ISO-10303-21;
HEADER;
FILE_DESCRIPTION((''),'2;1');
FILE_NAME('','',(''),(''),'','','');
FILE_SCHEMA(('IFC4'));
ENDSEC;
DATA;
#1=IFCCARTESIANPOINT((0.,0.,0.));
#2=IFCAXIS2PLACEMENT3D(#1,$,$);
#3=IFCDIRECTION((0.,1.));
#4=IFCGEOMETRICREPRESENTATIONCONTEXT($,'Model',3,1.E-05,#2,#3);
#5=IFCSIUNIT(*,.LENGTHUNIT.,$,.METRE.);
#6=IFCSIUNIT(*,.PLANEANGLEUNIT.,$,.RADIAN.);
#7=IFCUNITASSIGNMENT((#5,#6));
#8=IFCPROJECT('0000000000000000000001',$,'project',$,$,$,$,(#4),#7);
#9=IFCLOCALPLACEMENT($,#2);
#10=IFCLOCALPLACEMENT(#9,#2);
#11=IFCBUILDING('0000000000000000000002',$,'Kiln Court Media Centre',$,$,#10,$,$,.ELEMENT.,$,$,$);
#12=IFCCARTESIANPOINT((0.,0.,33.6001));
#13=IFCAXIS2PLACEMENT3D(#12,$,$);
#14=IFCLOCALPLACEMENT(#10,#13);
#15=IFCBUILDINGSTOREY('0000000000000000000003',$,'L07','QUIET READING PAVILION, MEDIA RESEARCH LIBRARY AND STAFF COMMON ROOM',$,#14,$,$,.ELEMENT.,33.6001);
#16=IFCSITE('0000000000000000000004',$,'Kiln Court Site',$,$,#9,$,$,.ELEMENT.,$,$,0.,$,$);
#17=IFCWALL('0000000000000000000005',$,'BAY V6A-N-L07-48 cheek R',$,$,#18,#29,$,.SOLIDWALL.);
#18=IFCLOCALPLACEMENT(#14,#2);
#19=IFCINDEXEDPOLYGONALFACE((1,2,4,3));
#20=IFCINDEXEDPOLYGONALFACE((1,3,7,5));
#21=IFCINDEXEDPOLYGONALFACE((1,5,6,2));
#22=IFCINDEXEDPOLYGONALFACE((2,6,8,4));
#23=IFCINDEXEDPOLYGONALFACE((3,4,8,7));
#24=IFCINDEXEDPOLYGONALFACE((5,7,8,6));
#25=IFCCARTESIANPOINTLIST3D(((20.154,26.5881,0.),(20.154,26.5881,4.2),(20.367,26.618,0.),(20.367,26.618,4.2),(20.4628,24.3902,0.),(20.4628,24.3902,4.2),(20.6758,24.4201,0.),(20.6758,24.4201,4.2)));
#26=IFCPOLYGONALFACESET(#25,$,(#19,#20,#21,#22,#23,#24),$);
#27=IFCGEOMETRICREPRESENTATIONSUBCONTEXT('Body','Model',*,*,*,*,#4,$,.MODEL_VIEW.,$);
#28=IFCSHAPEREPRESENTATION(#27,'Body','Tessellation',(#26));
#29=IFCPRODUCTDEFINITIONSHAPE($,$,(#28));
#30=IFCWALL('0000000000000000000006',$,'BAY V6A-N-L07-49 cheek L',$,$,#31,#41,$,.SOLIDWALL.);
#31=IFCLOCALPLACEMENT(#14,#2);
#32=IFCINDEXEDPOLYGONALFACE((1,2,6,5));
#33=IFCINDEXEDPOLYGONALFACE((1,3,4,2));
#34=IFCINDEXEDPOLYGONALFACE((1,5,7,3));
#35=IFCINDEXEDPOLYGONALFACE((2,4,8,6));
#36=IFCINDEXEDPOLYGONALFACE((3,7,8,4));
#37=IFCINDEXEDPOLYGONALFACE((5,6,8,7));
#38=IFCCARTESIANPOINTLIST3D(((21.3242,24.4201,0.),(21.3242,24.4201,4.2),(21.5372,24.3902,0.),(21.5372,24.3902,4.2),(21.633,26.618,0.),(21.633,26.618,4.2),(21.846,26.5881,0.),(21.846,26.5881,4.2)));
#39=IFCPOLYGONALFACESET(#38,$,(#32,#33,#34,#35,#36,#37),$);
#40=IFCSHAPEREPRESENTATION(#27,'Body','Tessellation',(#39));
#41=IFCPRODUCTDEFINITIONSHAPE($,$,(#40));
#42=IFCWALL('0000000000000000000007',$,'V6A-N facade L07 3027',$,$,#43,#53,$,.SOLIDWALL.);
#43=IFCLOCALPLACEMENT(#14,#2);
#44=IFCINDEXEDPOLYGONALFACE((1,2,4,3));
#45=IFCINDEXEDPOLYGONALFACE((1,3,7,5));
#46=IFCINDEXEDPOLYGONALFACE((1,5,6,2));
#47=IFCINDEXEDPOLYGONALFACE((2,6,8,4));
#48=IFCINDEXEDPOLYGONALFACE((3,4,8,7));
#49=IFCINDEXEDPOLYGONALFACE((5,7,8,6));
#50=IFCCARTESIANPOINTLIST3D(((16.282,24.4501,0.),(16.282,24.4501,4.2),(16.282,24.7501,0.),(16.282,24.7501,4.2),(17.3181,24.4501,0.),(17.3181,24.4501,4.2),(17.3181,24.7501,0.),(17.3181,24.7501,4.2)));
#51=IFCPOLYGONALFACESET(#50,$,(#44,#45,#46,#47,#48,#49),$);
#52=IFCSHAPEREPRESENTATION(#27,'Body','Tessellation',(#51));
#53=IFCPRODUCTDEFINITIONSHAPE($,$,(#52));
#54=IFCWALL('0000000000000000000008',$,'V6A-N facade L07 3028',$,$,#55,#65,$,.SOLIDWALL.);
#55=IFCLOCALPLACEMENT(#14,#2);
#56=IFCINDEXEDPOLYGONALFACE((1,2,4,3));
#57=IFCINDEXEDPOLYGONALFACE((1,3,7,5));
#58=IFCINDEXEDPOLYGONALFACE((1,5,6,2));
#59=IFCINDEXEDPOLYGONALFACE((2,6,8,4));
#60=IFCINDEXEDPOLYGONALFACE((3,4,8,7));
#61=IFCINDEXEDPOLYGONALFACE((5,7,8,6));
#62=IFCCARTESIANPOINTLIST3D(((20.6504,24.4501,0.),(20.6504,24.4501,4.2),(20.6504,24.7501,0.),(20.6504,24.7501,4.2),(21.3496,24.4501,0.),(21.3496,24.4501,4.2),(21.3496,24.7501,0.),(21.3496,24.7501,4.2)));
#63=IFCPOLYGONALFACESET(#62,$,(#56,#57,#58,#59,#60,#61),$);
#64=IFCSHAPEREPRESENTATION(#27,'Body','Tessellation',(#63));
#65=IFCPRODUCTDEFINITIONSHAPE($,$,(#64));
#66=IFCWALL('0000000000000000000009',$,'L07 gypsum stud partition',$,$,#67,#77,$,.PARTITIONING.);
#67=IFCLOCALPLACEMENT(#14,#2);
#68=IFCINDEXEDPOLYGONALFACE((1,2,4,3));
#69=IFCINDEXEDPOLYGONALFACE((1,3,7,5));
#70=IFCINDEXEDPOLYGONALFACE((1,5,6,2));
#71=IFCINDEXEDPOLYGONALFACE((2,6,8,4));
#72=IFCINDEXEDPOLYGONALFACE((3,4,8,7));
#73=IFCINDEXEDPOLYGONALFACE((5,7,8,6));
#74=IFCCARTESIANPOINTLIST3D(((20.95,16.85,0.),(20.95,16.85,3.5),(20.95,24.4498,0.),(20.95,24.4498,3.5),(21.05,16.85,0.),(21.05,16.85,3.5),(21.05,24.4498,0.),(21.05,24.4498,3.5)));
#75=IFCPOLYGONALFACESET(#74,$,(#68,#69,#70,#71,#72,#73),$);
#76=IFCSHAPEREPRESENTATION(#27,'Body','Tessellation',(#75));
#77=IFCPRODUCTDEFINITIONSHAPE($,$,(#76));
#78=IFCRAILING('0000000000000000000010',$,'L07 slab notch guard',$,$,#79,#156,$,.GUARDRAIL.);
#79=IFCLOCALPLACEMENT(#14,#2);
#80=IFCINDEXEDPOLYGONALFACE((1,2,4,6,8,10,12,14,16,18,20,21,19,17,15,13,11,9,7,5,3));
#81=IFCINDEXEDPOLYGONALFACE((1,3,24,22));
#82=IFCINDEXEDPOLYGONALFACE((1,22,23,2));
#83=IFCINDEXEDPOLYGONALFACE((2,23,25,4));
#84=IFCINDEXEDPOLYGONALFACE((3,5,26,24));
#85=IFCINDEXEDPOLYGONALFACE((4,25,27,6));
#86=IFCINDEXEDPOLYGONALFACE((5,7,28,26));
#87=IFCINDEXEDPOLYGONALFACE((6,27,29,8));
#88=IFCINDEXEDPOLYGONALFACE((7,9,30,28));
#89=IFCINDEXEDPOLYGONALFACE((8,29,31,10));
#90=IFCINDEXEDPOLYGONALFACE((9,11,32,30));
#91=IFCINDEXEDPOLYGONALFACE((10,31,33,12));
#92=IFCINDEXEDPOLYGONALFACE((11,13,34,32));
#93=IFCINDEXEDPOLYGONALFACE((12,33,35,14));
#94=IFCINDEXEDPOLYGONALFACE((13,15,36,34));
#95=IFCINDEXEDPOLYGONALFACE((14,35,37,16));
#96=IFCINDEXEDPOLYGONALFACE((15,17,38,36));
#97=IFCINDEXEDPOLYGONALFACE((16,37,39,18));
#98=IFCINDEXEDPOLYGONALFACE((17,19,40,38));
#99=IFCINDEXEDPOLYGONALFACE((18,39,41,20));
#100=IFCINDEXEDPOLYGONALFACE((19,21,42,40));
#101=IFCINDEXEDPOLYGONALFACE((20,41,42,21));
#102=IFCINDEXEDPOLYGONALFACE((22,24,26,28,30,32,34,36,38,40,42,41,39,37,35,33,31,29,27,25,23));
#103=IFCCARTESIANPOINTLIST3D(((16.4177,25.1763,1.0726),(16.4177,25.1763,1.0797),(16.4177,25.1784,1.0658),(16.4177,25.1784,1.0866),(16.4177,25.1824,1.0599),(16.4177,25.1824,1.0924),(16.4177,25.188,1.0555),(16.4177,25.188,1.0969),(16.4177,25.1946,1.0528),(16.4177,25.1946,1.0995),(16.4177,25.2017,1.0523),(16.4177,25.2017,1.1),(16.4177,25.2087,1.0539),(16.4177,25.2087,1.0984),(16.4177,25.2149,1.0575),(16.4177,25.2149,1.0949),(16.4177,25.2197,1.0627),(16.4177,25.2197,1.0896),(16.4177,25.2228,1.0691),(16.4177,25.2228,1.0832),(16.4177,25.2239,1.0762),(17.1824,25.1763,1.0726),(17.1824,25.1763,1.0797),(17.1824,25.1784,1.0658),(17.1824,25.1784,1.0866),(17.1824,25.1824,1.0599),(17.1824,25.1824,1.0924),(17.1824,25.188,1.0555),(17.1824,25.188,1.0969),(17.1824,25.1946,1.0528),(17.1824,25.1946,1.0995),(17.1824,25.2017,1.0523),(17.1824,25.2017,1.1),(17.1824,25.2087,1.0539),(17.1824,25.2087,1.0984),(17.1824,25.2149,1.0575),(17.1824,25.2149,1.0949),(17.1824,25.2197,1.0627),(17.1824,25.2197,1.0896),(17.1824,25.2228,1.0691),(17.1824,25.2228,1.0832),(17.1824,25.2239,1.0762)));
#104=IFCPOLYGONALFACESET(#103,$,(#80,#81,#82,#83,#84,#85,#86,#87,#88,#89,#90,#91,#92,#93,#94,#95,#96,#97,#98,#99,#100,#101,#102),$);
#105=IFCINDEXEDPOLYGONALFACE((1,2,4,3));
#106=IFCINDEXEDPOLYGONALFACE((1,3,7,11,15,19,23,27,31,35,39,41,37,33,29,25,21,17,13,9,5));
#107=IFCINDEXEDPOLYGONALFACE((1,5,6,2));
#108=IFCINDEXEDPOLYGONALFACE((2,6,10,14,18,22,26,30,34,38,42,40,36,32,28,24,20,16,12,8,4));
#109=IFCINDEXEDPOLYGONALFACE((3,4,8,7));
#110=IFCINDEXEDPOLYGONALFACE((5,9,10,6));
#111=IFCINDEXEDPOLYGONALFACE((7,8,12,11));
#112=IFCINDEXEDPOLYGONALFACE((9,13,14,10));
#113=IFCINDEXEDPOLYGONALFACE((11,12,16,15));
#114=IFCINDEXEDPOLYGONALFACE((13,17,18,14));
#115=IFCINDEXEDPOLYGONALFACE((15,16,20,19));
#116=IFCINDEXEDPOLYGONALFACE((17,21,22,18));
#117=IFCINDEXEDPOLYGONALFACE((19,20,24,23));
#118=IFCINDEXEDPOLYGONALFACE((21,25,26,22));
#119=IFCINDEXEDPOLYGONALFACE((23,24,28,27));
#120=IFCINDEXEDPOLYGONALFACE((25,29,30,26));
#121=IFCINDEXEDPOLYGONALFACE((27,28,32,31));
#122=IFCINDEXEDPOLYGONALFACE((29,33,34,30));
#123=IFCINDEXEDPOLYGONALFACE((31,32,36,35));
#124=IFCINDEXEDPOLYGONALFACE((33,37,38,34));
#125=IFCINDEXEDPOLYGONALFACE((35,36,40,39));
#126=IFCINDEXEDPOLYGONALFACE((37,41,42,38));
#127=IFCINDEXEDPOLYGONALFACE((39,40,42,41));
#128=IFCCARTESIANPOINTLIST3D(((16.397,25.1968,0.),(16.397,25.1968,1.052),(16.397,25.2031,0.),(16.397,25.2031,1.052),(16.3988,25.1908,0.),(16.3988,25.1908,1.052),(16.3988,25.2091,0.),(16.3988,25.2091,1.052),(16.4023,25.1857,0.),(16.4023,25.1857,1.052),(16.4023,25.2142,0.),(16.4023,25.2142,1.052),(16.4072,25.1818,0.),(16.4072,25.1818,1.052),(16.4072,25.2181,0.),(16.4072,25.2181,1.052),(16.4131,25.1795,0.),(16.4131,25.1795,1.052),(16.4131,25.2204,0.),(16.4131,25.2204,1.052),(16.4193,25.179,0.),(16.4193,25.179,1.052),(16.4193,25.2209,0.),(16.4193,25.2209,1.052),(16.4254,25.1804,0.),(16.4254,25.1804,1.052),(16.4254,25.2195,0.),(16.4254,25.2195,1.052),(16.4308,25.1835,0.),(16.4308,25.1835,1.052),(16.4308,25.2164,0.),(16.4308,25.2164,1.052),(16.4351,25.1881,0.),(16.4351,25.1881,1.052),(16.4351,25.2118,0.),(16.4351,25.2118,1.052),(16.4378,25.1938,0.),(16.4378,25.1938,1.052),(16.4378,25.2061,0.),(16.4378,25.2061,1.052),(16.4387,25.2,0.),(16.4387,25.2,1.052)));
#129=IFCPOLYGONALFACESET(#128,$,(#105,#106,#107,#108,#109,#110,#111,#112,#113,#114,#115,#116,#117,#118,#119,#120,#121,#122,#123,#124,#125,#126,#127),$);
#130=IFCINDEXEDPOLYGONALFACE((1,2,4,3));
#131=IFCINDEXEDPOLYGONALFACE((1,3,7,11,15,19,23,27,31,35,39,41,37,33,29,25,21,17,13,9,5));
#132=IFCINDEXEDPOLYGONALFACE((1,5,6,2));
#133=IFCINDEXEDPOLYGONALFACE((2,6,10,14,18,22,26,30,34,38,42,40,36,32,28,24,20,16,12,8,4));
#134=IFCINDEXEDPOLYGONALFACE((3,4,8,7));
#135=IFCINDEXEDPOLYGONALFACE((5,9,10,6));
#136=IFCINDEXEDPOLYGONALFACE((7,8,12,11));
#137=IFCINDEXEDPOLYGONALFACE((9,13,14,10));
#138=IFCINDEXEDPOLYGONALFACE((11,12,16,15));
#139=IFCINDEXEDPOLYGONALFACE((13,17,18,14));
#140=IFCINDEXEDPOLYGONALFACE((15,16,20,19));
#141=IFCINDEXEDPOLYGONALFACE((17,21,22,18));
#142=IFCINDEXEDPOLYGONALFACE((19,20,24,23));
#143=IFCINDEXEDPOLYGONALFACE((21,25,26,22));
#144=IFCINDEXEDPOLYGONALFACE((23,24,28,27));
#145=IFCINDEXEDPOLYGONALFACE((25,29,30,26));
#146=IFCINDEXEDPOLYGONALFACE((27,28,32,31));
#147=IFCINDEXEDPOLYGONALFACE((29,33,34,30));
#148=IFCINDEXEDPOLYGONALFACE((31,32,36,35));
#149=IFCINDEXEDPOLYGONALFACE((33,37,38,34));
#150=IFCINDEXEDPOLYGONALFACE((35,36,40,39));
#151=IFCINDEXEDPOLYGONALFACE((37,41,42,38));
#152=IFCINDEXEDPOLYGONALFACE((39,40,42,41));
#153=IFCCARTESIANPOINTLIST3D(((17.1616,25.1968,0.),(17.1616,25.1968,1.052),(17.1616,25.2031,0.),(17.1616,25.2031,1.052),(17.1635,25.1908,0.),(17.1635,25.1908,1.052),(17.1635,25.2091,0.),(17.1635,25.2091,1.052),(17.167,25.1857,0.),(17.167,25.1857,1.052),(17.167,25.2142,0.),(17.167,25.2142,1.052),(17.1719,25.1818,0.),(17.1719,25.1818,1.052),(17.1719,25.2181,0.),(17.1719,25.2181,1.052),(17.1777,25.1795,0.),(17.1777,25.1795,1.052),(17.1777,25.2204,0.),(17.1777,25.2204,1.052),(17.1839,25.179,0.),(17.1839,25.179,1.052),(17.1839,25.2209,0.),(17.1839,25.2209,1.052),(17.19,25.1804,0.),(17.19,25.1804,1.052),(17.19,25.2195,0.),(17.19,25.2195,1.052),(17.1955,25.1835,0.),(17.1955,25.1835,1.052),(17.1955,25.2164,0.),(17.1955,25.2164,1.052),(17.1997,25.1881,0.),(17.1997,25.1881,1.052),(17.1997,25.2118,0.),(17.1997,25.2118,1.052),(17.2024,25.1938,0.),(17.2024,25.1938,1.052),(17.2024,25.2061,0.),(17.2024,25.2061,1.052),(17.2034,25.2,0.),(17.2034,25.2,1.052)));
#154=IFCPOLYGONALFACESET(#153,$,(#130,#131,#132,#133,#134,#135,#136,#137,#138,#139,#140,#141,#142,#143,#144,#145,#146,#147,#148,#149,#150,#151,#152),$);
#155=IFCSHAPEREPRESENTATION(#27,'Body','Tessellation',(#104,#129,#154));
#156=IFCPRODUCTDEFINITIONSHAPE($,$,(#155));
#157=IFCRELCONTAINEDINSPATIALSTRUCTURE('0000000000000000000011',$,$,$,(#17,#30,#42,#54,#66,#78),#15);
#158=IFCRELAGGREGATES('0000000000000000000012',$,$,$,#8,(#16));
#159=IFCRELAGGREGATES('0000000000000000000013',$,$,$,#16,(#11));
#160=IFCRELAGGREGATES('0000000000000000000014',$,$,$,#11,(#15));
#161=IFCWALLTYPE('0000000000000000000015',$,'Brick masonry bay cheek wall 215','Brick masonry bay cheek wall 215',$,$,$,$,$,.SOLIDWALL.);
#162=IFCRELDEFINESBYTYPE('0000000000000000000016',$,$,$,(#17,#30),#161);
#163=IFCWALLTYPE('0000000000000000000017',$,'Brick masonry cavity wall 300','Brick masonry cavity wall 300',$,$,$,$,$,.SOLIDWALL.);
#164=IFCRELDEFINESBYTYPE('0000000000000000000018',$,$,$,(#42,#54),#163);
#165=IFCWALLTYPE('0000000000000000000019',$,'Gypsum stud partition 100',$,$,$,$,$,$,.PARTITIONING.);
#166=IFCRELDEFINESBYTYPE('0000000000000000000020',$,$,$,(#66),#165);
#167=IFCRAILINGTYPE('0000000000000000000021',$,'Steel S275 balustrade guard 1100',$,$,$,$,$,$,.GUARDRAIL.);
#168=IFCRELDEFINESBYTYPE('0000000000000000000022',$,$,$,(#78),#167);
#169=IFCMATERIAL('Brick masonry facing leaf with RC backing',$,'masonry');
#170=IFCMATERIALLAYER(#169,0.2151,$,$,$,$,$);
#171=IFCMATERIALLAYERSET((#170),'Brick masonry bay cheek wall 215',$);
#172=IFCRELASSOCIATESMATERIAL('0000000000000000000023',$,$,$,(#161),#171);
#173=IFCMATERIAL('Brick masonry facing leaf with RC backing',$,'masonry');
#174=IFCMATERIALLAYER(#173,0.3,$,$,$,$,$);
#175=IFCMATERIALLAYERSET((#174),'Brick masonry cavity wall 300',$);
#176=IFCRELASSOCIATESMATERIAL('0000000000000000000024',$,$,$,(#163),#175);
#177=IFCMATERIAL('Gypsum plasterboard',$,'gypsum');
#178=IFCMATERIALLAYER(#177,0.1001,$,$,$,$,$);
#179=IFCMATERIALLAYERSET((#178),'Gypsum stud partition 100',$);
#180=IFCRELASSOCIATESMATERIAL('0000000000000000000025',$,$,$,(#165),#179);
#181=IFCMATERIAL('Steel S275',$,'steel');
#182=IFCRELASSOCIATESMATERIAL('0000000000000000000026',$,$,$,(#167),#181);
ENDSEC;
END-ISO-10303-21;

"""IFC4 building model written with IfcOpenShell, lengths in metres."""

from ifc_helpers import new_model, si_unit, direction, frame, frame_2d, origin, origin_2d, place, context, subcontext, project, spatial, rectangle, circle, extrude, material, layer, layer_set, type_object, element, save


model = new_model("IFC4")

# Units and contexts
model_context = context("Model", 3, precision=1e-05, world=origin(), true_north=direction((0.0, 1.0)))
body_context = subcontext(model_context, "Body", "Model", "MODEL_VIEW")
ifc_project = project(units=[si_unit("LENGTHUNIT", "METRE"), si_unit("PLANEANGLEUNIT", "RADIAN")], contexts=[model_context])

# Site, building, storey
site_placement = place(None, origin())
site = spatial("IfcSite", under=ifc_project, at=site_placement, Name="Kiln Court Site", CompositionType="ELEMENT", RefElevation=0.0)
building_placement = place(site_placement, origin())
building = spatial("IfcBuilding", under=site, at=building_placement, Name="Kiln Court Media Centre", CompositionType="ELEMENT")
storey_placement = place(building_placement, frame((0.0, 0.0, 33.6001)))
storey = spatial("IfcBuildingStorey", under=building, at=storey_placement, Name="L07", Description="QUIET READING PAVILION, MEDIA RESEARCH LIBRARY AND STAFF COMMON ROOM", CompositionType="ELEMENT", Elevation=33.6001)

# Walls
ifc_material_1 = material(Name="Brick masonry facing leaf with RC backing", Category="masonry")
ifc_layer_1 = layer(ifc_material_1, 0.2151)
ifc_layer_set_1 = layer_set([ifc_layer_1], Name="Brick masonry bay cheek wall 215")
wall_type_1 = type_object("IfcWallType", Name="Brick masonry bay cheek wall 215", Description="Brick masonry bay cheek wall 215", PredefinedType="SOLIDWALL", material=ifc_layer_set_1)
for number, where, z_axis, x_axis, name in (
    (1, (20.5693, 24.405, 0.0), (0.0, 0.0, 1.0), (-0.139142, 0.990272, 0.0), "BAY V6A-N-L07-48 cheek R"),
    (2, (21.4307, 24.405, 0.0), (0.0, 0.0, 1.0), (0.139142, 0.990272, 0.0), "BAY V6A-N-L07-49 cheek L"),
):
    element("IfcWall", number, at=place(storey_placement, frame(where, z_axis=z_axis, x_axis=x_axis)), inside=storey, type_object=wall_type_1, Name=name, PredefinedType="SOLIDWALL", context=body_context, shape_type="SweptSolid", body=[
        extrude(rectangle(XDim=2.2195, YDim=0.2151, at=frame_2d((1.1099, 0.0))), origin(), (0.0, 0.0, 1.0), 4.2),
    ])
ifc_material_2 = material(Name="Brick masonry facing leaf with RC backing", Category="masonry")
ifc_layer_2 = layer(ifc_material_2, 0.3)
ifc_layer_set_2 = layer_set([ifc_layer_2], Name="Brick masonry cavity wall 300")
wall_type_2 = type_object("IfcWallType", Name="Brick masonry cavity wall 300", Description="Brick masonry cavity wall 300", PredefinedType="SOLIDWALL", material=ifc_layer_set_2)
wall_1_placement = place(storey_placement, frame((16.282, 24.6001, 0.0), z_axis=(0.0, 0.0, 1.0), x_axis=(1.0, 0.0, 0.0)))
element("IfcWall", 3, at=wall_1_placement, inside=storey, type_object=wall_type_2, Name="V6A-N facade L07 3027", PredefinedType="SOLIDWALL", context=body_context, shape_type="SweptSolid", body=[
    extrude(rectangle(XDim=1.0361, YDim=0.3, at=frame_2d((0.5181, 0.0))), origin(), (0.0, 0.0, 1.0), 4.2),
])
wall_2_placement = place(storey_placement, frame((20.6504, 24.6001, 0.0), z_axis=(0.0, 0.0, 1.0), x_axis=(1.0, 0.0, 0.0)))
element("IfcWall", 4, at=wall_2_placement, inside=storey, type_object=wall_type_2, Name="V6A-N facade L07 3028", PredefinedType="SOLIDWALL", context=body_context, shape_type="SweptSolid", body=[
    extrude(rectangle(XDim=0.6992, YDim=0.3, at=frame_2d((0.3496, 0.0))), origin(), (0.0, 0.0, 1.0), 4.2),
])
ifc_material_3 = material(Name="Gypsum plasterboard", Category="gypsum")
ifc_layer_3 = layer(ifc_material_3, 0.1001)
ifc_layer_set_3 = layer_set([ifc_layer_3], Name="Gypsum stud partition 100")
wall_type_3 = type_object("IfcWallType", Name="Gypsum stud partition 100", PredefinedType="PARTITIONING", material=ifc_layer_set_3)
wall_3_placement = place(storey_placement, frame((21.0, 16.8501, 0.0), z_axis=(0.0, 0.0, 1.0), x_axis=(0.0, 1.0, 0.0)))
element("IfcWall", 5, at=wall_3_placement, inside=storey, type_object=wall_type_3, Name="L07 gypsum stud partition", PredefinedType="PARTITIONING", context=body_context, shape_type="SweptSolid", body=[
    extrude(rectangle(XDim=7.5999, YDim=0.1001, at=frame_2d((3.7998, 0.0))), origin(), (0.0, 0.0, 1.0), 3.5),
])

# Railing
ifc_material_4 = material(Name="Steel S275", Category="steel")
railing_type = type_object("IfcRailingType", Name="Steel S275 balustrade guard 1100", PredefinedType="GUARDRAIL", material=ifc_material_4)
for number, where, name in (
    (6, (16.4177, 25.2, 0.0), "L07 slab notch guard"),
):
    element("IfcRailing", number, at=place(storey_placement, frame(where)), inside=storey, type_object=railing_type, Name=name, PredefinedType="GUARDRAIL", context=body_context, shape_type="SweptSolid", body=[
        extrude(circle(Radius=0.0239, at=origin_2d()), frame((0.0, 0.0, 1.0762), z_axis=(1.0, 0.0, 0.0), x_axis=(0.0, 1.0, 0.0)), (0.0, 0.0, 1.0), 0.7646),
        extrude(circle(Radius=0.021, at=origin_2d()), origin(), (0.0, 0.0, 1.0), 1.052),
        extrude(circle(Radius=0.021, at=origin_2d()), frame((0.7646, 0.0, 0.0)), (0.0, 0.0, 1.0), 1.052),
    ])

save(model, "model.ifc")
